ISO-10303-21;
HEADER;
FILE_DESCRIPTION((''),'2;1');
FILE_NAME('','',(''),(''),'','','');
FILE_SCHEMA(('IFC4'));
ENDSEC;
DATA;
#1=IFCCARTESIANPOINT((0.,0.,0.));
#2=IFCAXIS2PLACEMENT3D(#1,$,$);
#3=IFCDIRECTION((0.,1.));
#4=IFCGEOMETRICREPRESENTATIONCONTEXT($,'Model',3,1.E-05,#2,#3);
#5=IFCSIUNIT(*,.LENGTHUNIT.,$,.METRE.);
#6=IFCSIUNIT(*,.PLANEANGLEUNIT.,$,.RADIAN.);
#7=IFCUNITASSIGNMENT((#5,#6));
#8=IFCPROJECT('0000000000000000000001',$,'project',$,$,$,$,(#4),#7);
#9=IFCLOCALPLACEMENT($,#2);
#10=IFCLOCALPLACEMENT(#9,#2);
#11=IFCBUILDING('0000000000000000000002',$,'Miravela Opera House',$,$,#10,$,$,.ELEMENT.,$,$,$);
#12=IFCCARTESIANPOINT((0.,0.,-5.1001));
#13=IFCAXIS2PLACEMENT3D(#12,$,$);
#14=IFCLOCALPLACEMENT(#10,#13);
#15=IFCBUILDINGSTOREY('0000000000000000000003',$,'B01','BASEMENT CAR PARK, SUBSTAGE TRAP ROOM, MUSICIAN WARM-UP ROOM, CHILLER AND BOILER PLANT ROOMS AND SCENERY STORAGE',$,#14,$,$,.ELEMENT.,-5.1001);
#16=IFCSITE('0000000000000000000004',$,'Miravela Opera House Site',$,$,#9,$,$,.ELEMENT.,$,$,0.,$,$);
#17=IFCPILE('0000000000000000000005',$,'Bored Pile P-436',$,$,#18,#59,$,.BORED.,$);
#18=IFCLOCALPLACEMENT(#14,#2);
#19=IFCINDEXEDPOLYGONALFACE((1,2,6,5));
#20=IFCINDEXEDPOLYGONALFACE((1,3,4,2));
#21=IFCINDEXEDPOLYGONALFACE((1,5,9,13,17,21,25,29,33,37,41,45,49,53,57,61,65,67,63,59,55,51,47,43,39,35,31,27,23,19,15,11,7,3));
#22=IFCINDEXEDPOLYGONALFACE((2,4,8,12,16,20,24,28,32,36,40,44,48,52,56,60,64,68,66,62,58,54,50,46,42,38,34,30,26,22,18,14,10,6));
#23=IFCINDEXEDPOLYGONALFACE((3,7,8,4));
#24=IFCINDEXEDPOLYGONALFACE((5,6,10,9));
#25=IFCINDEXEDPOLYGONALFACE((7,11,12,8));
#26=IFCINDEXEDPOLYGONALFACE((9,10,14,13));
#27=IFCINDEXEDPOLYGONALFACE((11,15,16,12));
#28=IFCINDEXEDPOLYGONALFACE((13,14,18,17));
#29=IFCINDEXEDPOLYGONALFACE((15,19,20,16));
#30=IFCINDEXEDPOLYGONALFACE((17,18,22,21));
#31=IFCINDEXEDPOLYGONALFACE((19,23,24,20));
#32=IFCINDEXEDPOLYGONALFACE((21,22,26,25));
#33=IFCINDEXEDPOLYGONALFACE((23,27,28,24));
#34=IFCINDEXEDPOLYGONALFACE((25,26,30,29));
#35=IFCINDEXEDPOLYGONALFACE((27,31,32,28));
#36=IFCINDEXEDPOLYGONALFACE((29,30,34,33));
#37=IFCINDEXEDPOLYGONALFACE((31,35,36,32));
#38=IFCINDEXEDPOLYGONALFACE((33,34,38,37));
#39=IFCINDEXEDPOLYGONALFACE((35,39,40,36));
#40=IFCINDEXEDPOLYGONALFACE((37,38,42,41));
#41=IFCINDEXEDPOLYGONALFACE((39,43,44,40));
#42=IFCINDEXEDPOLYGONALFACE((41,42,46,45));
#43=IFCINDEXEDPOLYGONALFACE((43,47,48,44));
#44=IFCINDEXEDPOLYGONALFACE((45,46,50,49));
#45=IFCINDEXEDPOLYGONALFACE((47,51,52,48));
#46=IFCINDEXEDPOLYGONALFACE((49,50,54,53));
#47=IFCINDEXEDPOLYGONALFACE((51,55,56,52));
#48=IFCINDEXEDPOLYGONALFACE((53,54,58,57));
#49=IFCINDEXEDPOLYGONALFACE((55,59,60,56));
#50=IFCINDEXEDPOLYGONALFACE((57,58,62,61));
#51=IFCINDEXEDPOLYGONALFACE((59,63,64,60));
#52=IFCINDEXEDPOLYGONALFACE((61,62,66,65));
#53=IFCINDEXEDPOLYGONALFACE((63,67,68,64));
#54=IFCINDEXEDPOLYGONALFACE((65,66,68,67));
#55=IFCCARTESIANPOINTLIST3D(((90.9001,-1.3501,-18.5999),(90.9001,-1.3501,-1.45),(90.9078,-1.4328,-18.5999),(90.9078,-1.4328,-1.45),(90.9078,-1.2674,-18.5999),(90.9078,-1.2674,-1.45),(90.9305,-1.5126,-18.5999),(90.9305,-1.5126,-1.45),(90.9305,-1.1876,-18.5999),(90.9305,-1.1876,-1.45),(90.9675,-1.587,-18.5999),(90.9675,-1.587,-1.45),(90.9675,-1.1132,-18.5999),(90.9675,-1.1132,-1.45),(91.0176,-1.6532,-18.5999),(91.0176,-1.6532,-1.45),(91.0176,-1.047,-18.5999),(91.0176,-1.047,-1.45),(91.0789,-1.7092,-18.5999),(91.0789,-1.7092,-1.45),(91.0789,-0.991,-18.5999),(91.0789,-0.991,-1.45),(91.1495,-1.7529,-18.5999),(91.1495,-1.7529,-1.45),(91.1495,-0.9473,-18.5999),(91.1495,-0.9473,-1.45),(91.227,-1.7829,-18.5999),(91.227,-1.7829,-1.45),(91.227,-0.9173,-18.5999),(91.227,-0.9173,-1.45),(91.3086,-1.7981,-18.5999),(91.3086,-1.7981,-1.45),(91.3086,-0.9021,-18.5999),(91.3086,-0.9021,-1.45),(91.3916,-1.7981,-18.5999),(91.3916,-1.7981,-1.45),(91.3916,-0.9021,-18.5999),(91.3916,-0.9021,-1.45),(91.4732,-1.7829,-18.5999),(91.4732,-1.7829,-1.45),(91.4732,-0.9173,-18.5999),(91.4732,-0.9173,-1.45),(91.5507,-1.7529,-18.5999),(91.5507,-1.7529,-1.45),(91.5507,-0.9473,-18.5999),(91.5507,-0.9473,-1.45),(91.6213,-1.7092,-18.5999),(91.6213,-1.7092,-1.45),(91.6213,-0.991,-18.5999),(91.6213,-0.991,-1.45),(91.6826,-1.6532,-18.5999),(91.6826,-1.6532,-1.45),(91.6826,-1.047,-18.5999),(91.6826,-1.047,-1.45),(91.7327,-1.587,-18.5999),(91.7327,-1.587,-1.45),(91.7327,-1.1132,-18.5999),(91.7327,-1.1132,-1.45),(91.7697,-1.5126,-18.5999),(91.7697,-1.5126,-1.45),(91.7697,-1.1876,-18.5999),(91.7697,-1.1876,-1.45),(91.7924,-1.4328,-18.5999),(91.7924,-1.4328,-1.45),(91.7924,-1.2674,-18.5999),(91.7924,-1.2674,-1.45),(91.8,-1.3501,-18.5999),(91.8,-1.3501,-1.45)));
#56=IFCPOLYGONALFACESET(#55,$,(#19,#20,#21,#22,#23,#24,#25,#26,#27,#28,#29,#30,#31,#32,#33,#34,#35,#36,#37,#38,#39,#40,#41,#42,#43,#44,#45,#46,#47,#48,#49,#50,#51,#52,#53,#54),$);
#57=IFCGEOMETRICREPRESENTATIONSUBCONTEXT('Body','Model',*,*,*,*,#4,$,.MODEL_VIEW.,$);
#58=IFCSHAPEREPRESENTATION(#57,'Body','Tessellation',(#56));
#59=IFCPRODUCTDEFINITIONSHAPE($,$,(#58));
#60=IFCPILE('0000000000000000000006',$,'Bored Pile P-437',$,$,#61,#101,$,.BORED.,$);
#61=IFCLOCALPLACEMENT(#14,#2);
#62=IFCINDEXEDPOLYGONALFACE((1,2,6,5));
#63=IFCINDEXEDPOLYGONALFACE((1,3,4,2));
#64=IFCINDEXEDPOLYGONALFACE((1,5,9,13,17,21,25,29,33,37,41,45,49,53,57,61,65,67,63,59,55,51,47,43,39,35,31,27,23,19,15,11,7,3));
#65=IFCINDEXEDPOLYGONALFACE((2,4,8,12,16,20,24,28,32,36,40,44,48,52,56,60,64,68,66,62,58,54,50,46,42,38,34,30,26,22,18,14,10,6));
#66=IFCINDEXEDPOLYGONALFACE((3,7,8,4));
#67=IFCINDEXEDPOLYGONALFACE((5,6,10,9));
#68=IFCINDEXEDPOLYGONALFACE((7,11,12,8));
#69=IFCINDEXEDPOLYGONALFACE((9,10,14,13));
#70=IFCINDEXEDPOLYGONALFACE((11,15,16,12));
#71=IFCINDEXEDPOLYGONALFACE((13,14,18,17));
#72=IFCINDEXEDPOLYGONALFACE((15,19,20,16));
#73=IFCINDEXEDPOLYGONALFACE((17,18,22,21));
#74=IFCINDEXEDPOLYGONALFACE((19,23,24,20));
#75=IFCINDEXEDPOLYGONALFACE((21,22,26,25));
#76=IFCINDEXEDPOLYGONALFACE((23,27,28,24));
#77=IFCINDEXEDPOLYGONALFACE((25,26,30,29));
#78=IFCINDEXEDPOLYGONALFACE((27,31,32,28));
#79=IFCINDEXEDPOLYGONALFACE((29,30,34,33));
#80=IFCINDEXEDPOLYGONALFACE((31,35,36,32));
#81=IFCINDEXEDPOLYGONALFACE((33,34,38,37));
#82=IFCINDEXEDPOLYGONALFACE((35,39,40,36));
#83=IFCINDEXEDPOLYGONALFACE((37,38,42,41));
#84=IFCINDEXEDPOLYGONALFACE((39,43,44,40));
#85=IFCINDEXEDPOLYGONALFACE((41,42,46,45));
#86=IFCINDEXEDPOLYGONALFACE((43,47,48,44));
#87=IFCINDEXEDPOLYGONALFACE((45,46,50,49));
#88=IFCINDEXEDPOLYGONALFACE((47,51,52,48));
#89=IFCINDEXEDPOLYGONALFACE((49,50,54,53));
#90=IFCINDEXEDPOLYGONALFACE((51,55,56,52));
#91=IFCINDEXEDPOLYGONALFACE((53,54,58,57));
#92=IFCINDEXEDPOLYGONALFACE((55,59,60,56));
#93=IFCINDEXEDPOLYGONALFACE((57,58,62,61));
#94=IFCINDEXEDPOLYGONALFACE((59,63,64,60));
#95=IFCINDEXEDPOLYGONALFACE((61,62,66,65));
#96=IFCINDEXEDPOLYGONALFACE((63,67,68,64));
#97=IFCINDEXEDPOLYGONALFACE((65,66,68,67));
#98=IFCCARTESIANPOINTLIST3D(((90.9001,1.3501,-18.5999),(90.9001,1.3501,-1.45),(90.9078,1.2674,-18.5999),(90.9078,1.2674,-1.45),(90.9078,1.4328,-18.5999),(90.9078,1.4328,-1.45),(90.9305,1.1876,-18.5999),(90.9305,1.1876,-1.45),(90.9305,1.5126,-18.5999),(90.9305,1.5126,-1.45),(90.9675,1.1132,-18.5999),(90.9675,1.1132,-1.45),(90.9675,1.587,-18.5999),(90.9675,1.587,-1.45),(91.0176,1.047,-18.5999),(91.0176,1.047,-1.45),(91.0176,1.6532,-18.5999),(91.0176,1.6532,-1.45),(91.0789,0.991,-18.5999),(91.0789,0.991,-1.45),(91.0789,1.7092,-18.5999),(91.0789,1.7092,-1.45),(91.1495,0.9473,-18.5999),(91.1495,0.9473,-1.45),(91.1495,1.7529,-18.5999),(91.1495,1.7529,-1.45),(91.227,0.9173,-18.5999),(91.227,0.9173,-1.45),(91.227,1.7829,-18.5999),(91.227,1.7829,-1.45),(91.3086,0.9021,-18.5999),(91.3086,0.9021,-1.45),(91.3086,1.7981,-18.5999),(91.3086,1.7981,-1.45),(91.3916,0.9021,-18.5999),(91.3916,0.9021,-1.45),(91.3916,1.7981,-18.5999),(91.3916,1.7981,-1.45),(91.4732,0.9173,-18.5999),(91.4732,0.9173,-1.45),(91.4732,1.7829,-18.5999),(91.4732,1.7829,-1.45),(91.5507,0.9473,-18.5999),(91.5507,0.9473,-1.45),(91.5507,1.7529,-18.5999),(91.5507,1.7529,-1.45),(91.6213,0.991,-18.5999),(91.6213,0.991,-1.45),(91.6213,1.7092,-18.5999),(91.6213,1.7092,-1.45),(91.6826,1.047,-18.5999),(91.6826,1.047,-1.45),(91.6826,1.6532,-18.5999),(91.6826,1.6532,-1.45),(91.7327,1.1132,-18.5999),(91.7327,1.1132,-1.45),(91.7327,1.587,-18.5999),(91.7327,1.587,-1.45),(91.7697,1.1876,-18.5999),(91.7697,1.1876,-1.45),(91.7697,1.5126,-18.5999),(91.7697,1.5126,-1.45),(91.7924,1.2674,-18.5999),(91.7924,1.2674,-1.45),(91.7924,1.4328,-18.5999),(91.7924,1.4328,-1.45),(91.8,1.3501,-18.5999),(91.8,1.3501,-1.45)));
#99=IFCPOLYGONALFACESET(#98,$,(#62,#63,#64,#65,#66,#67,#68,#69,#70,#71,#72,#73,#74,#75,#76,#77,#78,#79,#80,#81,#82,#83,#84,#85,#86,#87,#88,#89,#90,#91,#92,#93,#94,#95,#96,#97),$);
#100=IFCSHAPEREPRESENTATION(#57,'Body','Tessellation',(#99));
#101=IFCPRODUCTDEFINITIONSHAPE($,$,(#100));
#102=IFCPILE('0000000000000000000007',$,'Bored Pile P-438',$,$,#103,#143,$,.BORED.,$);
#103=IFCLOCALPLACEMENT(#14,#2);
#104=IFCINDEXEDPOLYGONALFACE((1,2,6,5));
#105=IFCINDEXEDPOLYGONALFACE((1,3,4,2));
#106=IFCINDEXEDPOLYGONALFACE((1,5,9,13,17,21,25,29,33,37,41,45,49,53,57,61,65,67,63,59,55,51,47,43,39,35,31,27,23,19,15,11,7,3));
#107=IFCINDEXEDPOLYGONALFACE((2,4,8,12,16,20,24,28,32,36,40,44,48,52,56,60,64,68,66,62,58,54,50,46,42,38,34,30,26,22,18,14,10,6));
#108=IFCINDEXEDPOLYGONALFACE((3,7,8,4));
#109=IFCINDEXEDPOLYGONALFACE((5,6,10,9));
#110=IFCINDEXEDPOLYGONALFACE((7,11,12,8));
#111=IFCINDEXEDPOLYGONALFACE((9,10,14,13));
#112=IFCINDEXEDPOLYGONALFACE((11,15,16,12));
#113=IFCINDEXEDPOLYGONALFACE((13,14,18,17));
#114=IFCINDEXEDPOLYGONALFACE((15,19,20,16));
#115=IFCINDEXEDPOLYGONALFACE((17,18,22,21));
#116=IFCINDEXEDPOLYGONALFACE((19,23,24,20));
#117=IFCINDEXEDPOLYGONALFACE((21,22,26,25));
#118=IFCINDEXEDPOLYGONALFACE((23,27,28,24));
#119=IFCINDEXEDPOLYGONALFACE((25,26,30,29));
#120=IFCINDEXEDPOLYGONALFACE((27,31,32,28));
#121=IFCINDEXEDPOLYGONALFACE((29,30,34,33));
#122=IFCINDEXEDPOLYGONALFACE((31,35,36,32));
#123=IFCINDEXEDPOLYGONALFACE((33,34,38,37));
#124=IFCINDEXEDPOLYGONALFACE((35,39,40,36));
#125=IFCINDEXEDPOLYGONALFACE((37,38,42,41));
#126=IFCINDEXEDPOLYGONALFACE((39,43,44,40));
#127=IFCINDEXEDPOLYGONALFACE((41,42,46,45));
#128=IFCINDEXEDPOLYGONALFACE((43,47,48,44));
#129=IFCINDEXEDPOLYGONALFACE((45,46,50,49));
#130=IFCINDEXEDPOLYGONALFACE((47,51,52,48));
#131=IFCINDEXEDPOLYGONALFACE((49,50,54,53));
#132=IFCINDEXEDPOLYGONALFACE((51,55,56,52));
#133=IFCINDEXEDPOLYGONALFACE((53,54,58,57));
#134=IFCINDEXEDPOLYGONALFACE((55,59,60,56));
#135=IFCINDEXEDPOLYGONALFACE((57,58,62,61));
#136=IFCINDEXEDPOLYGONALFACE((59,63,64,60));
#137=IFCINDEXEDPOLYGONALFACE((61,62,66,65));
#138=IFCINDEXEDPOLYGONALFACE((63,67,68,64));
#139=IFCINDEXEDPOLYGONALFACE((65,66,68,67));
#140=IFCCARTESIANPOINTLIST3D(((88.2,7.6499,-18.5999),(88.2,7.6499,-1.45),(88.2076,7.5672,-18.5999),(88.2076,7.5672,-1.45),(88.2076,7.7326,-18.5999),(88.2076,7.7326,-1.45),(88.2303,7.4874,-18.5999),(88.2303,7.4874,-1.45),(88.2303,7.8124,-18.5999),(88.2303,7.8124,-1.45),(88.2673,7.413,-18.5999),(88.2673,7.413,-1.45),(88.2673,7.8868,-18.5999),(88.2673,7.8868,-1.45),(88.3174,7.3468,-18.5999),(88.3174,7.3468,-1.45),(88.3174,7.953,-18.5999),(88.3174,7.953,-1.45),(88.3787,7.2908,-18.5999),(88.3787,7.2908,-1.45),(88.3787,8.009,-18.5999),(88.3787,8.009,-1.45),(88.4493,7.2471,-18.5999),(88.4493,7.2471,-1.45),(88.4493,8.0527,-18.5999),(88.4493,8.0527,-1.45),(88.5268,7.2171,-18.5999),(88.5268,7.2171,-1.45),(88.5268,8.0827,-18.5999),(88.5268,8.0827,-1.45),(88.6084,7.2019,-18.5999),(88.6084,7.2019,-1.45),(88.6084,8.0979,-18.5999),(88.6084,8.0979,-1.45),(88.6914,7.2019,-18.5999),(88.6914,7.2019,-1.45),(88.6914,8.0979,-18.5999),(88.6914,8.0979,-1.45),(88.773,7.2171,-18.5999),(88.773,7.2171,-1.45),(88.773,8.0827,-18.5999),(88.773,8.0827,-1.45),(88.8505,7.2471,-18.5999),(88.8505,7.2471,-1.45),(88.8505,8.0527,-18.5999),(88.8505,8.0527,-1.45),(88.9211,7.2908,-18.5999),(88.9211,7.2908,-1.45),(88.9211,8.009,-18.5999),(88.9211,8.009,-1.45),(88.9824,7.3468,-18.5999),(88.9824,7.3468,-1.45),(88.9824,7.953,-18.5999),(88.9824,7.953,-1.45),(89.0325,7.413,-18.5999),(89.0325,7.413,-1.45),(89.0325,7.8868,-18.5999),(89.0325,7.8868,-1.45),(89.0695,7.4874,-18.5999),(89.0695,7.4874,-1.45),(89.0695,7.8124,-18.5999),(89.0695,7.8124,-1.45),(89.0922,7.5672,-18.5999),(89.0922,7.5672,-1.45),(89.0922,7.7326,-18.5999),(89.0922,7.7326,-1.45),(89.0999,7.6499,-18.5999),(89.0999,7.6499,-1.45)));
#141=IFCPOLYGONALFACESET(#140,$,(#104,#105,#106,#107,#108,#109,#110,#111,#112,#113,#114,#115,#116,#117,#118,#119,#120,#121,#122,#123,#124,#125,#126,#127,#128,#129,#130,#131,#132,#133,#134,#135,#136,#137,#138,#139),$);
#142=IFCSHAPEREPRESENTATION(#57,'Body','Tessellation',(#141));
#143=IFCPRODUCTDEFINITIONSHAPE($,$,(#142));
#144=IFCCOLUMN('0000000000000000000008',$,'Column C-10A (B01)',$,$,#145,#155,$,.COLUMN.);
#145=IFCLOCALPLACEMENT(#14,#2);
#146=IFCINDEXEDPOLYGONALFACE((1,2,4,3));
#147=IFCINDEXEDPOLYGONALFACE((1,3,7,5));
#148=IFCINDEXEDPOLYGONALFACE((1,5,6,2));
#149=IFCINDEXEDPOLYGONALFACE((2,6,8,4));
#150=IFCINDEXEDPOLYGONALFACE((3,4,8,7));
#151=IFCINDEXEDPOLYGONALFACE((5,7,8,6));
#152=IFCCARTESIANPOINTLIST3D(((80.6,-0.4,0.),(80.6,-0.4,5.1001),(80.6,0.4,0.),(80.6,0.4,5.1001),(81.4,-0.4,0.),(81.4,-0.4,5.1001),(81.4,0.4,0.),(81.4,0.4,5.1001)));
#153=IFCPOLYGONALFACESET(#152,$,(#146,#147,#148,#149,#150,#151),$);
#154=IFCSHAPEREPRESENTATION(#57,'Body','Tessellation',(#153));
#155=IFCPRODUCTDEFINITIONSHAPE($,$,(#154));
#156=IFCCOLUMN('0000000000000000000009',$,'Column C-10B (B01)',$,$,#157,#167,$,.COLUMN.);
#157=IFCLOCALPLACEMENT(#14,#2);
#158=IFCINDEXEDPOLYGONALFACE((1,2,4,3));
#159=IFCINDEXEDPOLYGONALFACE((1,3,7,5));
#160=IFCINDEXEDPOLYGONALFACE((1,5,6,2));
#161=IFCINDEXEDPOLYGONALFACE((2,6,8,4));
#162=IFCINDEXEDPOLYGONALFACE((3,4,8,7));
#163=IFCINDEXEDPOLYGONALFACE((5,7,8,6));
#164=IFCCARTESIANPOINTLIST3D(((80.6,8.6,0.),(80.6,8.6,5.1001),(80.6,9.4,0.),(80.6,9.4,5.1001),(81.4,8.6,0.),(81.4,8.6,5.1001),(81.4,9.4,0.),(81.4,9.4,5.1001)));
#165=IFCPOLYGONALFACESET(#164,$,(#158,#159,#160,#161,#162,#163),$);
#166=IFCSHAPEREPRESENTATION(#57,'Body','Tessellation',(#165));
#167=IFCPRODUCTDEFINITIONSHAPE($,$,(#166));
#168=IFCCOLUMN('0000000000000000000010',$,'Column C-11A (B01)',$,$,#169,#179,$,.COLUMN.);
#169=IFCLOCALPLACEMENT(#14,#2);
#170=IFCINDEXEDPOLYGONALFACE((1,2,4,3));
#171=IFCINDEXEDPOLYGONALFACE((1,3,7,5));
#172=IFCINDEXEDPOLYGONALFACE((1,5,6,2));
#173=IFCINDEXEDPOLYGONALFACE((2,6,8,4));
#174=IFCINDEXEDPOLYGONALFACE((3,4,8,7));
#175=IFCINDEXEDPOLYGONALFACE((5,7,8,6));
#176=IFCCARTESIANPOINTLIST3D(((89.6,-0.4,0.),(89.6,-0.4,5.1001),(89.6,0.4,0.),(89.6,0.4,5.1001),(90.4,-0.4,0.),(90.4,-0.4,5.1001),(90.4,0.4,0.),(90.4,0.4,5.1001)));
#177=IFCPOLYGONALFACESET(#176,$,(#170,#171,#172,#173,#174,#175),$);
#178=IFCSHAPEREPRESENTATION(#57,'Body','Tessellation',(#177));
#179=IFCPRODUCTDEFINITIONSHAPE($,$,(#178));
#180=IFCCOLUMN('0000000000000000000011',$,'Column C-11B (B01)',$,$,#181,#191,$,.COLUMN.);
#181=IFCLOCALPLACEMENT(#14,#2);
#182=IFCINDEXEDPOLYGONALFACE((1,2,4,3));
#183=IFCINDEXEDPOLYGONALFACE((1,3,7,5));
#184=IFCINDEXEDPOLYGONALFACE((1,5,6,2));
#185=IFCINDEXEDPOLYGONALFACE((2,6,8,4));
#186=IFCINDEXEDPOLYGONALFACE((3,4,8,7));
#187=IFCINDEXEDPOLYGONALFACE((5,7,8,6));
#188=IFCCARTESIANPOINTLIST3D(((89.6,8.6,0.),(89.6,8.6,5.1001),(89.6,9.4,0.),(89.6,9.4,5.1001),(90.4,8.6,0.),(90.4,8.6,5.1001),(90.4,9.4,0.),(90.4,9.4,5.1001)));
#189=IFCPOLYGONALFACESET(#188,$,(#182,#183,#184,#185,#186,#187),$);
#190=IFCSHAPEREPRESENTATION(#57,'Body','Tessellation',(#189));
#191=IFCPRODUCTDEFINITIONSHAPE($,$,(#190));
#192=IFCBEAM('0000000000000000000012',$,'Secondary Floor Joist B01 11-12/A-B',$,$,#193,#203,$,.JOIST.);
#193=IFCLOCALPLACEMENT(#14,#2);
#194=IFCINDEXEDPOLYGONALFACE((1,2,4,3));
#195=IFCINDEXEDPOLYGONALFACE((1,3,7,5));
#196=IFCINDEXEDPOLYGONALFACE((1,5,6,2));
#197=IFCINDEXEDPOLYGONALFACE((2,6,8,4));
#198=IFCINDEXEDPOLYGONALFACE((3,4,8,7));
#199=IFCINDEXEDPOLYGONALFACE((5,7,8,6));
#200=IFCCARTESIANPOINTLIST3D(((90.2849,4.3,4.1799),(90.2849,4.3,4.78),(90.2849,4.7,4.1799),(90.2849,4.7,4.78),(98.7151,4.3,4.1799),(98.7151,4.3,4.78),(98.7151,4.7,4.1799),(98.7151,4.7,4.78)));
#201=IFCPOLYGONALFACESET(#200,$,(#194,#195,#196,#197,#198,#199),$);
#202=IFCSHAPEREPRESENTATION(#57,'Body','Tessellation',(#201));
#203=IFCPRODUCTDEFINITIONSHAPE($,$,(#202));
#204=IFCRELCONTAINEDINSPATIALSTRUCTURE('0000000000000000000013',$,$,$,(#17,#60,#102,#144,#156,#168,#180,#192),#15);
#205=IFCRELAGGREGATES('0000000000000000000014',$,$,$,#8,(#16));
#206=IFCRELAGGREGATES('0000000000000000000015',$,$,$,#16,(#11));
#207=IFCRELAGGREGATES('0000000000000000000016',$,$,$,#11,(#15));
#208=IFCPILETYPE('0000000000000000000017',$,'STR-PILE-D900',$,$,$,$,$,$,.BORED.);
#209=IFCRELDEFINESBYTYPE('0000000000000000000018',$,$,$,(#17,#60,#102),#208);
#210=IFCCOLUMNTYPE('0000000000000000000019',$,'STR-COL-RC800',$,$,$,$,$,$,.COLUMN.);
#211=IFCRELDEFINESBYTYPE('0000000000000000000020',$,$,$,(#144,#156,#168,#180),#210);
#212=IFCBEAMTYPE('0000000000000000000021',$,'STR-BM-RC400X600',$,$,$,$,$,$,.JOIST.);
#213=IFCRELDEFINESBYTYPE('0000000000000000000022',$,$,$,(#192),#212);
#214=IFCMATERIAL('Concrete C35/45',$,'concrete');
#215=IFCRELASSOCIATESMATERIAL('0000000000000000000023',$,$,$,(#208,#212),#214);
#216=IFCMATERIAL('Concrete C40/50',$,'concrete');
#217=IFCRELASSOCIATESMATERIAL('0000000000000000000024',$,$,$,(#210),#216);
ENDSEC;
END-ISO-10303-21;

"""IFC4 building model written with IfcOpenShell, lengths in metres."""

from ifc_helpers import new_model, si_unit, direction, frame, origin, origin_2d, place, context, subcontext, project, spatial, rectangle, circle, extrude, material, material_profile, profile_set, type_object, element, save


model = new_model("IFC4")

# Units and contexts
model_context = context("Model", 3, precision=1e-05, world=origin(), true_north=direction((0.0, 1.0)))
body_context = subcontext(model_context, "Body", "Model", "MODEL_VIEW")
ifc_project = project(units=[si_unit("LENGTHUNIT", "METRE"), si_unit("PLANEANGLEUNIT", "RADIAN")], contexts=[model_context])

# Site, building, storey
site_placement = place(None, origin())
site = spatial("IfcSite", under=ifc_project, at=site_placement, Name="Miravela Opera House Site", CompositionType="ELEMENT", RefElevation=0.0)
building_placement = place(site_placement, origin())
building = spatial("IfcBuilding", under=site, at=building_placement, Name="Miravela Opera House", CompositionType="ELEMENT")
storey_placement = place(building_placement, frame((0.0, 0.0, -5.1001)))
storey = spatial("IfcBuildingStorey", under=building, at=storey_placement, Name="B01", Description="BASEMENT CAR PARK, SUBSTAGE TRAP ROOM, MUSICIAN WARM-UP ROOM, CHILLER AND BOILER PLANT ROOMS AND SCENERY STORAGE", CompositionType="ELEMENT", Elevation=-5.1001)

# Shared definitions
ifc_material_1 = material(Name="Concrete C35/45", Category="concrete")

# Piles
ifc_material_profile_1 = material_profile(ifc_material_1, circle(Radius=0.45, at=origin_2d()), Name="PILE-D900")
ifc_profile_set_1 = profile_set([ifc_material_profile_1])
pile_type_1 = type_object("IfcPileType", Name="STR-PILE-D900", PredefinedType="BORED", material=ifc_profile_set_1)
for number, where, z_axis, x_axis, name in (
    (1, (91.3501, -1.3501, -1.45), (0.0, 0.0, -1.0), (1.0, 0.0, 0.0), "Bored Pile P-436"),
    (2, (91.3501, 1.3501, -1.45), (0.0, 0.0, -1.0), (1.0, 0.0, 0.0), "Bored Pile P-437"),
    (3, (88.6499, 7.6499, -1.45), (0.0, 0.0, -1.0), (1.0, 0.0, 0.0), "Bored Pile P-438"),
):
    element("IfcPile", number, at=place(storey_placement, frame(where, z_axis=z_axis, x_axis=x_axis)), inside=storey, type_object=pile_type_1, Name=name, PredefinedType="BORED", context=body_context, shape_type="SweptSolid", body=[
        extrude(circle(Radius=0.45, at=origin_2d()), origin(), (0.0, 0.0, 1.0), 17.1499),
    ])

# Columns
ifc_material_2 = material(Name="Concrete C40/50", Category="concrete")
ifc_material_profile_2 = material_profile(ifc_material_2, rectangle(XDim=0.8, YDim=0.8, at=origin_2d()), Name="RC-COL-800X800")
ifc_profile_set_2 = profile_set([ifc_material_profile_2])
column_type = type_object("IfcColumnType", Name="STR-COL-RC800", PredefinedType="COLUMN", material=ifc_profile_set_2)
for number, where, z_axis, x_axis, name in (
    (4, (81.0, 0.0, 0.0), (0.0, 0.0, 1.0), (1.0, 0.0, 0.0), "Column C-10A (B01)"),
    (5, (81.0, 9.0, 0.0), (0.0, 0.0, 1.0), (1.0, 0.0, 0.0), "Column C-10B (B01)"),
    (6, (90.0, 0.0, 0.0), (0.0, 0.0, 1.0), (1.0, 0.0, 0.0), "Column C-11A (B01)"),
    (7, (90.0, 9.0, 0.0), (0.0, 0.0, 1.0), (1.0, 0.0, 0.0), "Column C-11B (B01)"),
):
    element("IfcColumn", number, at=place(storey_placement, frame(where, z_axis=z_axis, x_axis=x_axis)), inside=storey, type_object=column_type, Name=name, PredefinedType="COLUMN", context=body_context, shape_type="SweptSolid", body=[
        extrude(rectangle(XDim=0.8, YDim=0.8, at=origin_2d()), origin(), (0.0, 0.0, 1.0), 5.1001),
    ])

# Beam
ifc_material_profile_3 = material_profile(ifc_material_1, rectangle(XDim=0.3999, YDim=0.6001, at=origin_2d()), Name="RC-BM-400X600")
ifc_profile_set_3 = profile_set([ifc_material_profile_3])
beam_type_1 = type_object("IfcBeamType", Name="STR-BM-RC400X600", PredefinedType="JOIST", material=ifc_profile_set_3)
beam_1_placement = place(storey_placement, frame((90.2849, 4.5, 4.48), z_axis=(1.0, 0.0, 0.0), x_axis=(0.0, 1.0, 0.0)))
element("IfcBeam", 8, at=beam_1_placement, inside=storey, type_object=beam_type_1, Name="Secondary Floor Joist B01 11-12/A-B", PredefinedType="JOIST", context=body_context, shape_type="SweptSolid", body=[
    extrude(rectangle(XDim=0.3999, YDim=0.6001, at=origin_2d()), origin(), (0.0, 0.0, 1.0), 8.4302),
])

save(model, "model.ifc")
